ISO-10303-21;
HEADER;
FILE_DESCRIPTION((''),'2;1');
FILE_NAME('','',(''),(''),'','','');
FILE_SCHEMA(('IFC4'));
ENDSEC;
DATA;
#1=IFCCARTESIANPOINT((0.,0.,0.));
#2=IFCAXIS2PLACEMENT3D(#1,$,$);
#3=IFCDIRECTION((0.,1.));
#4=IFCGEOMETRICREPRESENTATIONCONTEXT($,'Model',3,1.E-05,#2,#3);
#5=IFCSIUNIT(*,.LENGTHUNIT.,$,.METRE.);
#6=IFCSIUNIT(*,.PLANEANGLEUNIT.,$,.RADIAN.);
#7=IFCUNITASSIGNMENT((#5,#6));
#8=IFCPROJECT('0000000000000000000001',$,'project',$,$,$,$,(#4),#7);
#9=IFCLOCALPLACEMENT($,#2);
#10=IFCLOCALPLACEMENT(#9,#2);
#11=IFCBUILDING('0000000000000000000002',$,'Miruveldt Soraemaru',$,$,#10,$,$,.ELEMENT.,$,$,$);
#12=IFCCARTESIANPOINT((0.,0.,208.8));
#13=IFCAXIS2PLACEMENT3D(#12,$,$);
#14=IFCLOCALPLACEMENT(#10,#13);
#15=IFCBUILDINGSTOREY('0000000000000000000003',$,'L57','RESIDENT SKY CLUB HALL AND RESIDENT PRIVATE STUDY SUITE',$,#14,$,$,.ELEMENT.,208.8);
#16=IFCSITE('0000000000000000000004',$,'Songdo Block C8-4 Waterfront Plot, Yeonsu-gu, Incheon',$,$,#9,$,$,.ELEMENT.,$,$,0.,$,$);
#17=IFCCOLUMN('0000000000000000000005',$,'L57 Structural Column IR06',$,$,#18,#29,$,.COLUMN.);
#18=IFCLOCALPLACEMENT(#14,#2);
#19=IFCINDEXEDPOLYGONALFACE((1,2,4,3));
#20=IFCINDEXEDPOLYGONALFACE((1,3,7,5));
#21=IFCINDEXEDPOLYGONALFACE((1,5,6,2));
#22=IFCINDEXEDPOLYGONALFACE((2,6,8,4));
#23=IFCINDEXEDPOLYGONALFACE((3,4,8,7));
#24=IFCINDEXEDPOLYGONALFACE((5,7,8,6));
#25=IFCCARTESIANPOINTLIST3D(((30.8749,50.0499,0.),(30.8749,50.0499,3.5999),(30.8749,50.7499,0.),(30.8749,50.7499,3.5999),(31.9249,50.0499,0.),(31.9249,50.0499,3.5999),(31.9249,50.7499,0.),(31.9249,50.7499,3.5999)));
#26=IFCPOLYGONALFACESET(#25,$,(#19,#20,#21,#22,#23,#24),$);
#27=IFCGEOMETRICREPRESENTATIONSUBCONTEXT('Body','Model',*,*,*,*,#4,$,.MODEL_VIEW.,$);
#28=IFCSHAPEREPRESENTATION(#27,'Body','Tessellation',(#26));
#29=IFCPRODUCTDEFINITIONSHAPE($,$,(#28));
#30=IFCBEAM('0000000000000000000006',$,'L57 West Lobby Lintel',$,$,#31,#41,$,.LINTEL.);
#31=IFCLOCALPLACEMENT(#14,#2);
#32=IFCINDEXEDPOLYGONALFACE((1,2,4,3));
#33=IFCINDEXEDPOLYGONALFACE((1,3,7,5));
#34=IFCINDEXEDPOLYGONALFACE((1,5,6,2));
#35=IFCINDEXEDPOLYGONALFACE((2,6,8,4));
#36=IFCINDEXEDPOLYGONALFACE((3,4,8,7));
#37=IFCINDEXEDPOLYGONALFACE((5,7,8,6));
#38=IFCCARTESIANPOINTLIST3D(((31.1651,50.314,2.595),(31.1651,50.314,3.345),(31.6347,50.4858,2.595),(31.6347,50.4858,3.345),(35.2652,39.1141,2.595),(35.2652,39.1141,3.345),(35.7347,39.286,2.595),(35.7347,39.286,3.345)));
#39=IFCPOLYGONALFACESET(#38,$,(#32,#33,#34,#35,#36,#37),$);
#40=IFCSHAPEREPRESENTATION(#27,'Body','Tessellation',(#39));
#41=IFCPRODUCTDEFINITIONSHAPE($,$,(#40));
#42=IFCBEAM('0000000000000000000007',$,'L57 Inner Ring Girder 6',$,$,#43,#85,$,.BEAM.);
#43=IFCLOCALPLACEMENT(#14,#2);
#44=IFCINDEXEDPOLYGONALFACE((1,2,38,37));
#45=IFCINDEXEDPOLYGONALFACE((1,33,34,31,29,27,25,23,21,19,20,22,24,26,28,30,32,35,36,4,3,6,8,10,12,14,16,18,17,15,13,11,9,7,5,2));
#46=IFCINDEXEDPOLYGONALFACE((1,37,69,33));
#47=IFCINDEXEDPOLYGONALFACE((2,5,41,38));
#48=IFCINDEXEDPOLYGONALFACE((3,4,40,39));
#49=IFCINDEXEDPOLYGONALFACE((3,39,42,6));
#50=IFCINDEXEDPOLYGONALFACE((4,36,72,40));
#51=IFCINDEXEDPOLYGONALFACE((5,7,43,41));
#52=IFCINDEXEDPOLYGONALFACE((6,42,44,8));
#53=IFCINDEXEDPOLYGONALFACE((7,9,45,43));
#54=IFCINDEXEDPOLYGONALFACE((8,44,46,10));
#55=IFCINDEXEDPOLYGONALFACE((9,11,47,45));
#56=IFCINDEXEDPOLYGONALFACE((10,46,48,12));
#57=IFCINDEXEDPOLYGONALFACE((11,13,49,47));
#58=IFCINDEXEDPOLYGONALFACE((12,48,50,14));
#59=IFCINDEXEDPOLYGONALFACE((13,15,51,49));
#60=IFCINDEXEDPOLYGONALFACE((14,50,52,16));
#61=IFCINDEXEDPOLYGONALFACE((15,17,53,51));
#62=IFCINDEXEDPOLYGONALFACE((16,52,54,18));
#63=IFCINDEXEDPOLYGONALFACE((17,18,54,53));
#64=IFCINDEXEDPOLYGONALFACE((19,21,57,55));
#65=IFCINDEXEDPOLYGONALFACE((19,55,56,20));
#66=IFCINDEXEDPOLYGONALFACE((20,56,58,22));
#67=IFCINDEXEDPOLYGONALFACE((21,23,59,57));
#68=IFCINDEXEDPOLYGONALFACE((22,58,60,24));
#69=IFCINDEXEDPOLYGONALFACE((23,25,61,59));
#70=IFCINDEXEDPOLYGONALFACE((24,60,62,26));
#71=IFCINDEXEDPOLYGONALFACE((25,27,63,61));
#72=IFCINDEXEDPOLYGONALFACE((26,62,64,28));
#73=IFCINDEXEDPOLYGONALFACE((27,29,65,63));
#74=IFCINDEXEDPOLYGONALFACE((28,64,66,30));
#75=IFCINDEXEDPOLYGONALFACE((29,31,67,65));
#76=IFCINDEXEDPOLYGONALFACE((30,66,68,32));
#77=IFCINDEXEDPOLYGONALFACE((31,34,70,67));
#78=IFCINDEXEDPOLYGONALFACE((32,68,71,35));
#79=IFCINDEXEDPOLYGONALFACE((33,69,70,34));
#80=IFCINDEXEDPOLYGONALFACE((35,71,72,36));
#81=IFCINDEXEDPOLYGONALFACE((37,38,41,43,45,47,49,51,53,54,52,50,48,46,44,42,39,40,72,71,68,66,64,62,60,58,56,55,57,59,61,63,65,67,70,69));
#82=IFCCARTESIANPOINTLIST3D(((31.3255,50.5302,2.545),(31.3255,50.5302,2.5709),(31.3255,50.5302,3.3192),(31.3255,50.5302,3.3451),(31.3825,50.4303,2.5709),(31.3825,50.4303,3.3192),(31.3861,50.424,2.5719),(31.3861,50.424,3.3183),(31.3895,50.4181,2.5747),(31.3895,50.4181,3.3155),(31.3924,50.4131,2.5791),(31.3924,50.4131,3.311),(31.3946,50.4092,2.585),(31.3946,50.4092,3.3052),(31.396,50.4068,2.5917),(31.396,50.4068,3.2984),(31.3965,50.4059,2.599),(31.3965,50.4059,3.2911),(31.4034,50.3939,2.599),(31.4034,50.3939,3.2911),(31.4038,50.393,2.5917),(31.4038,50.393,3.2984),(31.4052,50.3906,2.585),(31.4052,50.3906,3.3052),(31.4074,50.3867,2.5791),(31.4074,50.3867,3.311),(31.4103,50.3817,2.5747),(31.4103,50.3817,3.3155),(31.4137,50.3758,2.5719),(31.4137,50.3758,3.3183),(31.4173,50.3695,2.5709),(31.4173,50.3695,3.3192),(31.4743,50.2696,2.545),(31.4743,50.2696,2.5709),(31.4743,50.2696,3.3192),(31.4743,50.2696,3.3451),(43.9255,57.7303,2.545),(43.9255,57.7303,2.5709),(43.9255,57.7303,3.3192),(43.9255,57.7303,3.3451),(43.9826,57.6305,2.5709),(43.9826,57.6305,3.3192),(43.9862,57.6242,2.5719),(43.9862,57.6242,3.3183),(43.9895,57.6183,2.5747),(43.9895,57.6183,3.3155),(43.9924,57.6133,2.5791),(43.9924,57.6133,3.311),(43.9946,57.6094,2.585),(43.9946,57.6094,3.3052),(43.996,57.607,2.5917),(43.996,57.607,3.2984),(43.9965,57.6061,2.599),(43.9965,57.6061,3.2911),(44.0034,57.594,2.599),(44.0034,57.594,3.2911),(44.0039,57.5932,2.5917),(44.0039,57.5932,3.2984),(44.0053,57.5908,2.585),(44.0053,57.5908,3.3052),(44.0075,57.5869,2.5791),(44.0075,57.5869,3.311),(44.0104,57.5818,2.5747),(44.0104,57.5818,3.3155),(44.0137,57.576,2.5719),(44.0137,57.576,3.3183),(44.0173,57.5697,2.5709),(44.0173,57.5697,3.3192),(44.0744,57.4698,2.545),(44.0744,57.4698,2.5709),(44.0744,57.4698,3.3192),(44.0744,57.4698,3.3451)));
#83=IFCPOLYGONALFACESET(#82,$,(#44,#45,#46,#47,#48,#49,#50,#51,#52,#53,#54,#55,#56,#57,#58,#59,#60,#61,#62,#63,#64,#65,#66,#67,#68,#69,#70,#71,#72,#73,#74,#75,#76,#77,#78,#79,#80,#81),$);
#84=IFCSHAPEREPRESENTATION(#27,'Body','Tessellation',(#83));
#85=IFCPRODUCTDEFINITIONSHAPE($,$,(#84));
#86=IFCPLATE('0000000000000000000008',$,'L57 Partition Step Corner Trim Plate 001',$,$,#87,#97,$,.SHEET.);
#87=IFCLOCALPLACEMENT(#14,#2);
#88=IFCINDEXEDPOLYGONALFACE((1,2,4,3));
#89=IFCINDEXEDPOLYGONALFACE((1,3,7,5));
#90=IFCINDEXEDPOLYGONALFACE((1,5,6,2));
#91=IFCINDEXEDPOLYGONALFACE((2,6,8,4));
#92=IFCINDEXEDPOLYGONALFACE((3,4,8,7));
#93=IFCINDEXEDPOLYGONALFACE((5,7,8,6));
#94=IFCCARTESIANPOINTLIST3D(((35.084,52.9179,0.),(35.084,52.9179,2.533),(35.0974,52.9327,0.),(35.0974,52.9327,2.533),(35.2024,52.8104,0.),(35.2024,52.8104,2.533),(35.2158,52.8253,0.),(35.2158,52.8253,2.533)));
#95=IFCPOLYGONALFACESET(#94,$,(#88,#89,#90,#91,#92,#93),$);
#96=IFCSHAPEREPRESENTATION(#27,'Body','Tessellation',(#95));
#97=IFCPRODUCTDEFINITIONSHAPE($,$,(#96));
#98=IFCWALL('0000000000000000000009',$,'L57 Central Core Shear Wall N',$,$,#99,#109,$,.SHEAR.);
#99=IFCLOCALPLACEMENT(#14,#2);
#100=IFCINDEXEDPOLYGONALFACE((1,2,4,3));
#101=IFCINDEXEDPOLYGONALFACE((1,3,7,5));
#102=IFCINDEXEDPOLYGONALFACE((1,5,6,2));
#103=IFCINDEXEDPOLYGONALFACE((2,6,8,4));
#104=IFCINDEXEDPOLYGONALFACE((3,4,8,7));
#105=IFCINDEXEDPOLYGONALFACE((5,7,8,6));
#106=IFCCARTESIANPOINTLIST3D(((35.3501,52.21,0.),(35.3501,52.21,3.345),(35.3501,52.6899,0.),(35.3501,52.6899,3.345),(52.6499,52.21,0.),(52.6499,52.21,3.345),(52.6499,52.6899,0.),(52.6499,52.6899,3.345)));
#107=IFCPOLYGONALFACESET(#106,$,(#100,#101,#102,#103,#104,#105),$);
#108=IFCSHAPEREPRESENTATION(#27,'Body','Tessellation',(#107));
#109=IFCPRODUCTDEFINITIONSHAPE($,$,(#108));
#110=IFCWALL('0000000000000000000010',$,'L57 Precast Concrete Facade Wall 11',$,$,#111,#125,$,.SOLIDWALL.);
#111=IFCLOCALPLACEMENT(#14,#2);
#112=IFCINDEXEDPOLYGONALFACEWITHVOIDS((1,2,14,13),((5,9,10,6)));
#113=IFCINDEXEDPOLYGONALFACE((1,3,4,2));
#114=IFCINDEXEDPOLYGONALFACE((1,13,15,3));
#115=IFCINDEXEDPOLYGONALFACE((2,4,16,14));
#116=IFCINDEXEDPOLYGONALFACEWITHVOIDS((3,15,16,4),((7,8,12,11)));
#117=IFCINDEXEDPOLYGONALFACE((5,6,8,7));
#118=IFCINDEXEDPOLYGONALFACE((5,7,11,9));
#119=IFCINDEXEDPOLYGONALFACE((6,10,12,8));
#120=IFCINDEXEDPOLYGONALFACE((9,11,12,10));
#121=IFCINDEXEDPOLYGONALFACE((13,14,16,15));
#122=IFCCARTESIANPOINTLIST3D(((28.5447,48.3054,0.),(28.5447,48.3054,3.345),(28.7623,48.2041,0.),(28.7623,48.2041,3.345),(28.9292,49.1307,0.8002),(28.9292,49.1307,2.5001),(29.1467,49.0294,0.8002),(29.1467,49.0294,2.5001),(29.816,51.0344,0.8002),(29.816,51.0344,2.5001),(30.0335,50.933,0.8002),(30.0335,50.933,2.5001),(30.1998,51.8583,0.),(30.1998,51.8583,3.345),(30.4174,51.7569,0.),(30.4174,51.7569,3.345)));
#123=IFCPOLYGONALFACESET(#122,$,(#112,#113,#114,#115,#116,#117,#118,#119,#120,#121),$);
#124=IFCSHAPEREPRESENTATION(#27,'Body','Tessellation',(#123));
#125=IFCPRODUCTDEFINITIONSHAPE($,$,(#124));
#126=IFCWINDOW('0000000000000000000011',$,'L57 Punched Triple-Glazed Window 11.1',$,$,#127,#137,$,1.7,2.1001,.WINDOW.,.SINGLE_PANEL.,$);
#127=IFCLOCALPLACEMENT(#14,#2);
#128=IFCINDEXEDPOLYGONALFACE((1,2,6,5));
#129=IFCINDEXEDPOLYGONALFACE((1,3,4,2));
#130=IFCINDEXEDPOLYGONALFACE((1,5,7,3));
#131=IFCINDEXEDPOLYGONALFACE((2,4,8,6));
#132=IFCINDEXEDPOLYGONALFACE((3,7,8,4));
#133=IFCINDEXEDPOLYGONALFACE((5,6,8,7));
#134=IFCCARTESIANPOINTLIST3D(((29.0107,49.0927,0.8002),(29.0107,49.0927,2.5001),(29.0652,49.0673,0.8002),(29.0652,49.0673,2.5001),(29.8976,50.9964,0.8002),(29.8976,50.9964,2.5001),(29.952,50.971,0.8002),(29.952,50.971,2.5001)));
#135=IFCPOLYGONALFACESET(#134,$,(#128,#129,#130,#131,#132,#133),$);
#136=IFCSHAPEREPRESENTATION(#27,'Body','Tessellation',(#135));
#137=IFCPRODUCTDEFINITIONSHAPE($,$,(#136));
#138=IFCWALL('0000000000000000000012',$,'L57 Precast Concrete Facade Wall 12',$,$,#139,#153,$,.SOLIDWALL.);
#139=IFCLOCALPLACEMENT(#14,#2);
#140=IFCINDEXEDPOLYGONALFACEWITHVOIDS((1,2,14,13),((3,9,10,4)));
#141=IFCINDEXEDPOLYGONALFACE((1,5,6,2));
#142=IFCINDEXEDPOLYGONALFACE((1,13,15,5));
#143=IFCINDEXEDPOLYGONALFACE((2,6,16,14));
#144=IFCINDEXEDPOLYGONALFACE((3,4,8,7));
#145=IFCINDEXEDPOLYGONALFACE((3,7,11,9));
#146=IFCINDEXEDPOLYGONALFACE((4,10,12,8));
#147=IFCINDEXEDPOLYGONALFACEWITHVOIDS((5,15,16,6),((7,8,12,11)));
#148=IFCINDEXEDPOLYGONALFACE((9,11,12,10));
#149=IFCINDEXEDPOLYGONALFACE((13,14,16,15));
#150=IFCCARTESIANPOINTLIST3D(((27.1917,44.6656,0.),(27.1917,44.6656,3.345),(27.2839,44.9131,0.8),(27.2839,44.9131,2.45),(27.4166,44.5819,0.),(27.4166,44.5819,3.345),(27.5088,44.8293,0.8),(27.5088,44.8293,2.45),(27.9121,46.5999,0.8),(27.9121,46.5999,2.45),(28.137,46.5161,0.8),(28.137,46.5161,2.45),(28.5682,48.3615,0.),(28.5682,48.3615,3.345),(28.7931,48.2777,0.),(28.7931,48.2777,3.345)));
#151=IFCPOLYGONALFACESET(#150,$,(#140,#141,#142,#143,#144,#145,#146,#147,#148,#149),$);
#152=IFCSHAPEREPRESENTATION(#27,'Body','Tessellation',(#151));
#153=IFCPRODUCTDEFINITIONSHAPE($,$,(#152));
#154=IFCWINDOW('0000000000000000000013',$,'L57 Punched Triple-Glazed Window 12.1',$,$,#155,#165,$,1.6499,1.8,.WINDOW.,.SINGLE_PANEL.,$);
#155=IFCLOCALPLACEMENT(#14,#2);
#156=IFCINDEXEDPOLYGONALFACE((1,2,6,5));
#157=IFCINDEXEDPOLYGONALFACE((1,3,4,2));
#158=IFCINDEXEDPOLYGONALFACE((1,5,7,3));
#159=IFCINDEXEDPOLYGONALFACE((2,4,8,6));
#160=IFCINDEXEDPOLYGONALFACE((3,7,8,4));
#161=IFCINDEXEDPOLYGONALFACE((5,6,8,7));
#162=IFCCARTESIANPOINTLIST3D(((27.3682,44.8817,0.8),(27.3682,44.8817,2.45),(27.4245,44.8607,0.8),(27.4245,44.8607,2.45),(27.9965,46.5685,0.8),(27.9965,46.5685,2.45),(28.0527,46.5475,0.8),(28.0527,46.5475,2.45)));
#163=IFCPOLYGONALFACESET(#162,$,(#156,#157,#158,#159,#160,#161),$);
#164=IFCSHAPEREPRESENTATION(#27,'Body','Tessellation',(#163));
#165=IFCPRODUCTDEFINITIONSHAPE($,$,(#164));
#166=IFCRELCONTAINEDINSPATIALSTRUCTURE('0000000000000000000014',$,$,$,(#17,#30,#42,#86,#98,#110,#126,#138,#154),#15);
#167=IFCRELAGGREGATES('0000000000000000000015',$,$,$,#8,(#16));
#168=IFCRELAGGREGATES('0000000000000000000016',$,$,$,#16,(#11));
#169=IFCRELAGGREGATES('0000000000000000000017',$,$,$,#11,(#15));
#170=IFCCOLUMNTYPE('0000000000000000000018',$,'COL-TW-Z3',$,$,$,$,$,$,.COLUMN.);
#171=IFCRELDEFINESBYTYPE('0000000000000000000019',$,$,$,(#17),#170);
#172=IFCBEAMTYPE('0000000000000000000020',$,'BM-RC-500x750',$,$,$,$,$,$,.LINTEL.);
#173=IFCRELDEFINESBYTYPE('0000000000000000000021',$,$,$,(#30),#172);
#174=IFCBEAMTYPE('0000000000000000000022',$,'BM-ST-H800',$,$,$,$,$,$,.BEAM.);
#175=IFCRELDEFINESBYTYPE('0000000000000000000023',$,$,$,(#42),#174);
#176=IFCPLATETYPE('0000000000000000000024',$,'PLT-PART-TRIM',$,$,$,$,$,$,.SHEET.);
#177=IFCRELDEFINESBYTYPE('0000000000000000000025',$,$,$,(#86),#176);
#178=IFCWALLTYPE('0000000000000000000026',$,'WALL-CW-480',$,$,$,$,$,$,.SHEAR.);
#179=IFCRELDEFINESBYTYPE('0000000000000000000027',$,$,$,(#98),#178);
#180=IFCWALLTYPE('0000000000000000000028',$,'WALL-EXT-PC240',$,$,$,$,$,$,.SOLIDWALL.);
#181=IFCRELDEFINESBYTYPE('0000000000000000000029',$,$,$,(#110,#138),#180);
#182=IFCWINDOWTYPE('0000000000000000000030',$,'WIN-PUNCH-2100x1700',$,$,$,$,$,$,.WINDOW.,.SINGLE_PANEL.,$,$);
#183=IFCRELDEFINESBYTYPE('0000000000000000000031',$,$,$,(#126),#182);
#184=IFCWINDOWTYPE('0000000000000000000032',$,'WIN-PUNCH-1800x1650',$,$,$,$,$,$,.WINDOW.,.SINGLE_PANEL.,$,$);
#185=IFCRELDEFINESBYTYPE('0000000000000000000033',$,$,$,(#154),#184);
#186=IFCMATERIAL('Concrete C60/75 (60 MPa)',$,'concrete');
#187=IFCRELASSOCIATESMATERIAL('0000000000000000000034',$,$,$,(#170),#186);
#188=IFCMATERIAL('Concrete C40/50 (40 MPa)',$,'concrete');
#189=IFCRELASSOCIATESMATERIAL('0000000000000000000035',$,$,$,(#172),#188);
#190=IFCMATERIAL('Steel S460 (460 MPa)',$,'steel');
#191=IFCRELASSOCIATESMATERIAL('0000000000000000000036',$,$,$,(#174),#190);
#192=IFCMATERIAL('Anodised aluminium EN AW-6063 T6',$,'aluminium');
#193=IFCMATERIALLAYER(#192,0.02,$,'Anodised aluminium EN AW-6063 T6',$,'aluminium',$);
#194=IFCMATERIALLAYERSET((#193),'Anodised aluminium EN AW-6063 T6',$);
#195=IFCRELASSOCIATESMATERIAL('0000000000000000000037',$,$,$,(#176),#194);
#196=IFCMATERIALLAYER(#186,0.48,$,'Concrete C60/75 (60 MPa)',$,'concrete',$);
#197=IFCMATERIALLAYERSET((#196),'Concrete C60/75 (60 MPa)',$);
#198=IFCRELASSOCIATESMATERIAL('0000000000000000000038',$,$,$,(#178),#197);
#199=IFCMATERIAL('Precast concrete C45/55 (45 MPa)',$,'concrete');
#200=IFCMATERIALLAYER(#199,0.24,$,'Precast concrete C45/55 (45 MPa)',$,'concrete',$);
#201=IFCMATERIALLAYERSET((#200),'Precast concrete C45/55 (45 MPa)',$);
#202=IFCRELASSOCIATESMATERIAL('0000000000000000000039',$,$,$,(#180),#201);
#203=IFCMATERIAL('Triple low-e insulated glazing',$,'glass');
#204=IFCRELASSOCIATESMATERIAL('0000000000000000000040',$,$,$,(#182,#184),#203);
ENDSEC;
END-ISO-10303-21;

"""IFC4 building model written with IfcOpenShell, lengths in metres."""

from ifc_helpers import new_model, si_unit, direction, frame, frame_2d, origin, origin_2d, place, context, subcontext, project, spatial, rectangle, i_section, extrude, material, layer, layer_set, material_profile, profile_set, type_object, element, fill, save


model = new_model("IFC4")

# Units and contexts
model_context = context("Model", 3, precision=1e-05, world=origin(), true_north=direction((0.0, 1.0)))
body_context = subcontext(model_context, "Body", "Model", "MODEL_VIEW")
ifc_project = project(units=[si_unit("LENGTHUNIT", "METRE"), si_unit("PLANEANGLEUNIT", "RADIAN")], contexts=[model_context])

# Site, building, storey
site_placement = place(None, origin())
site = spatial("IfcSite", under=ifc_project, at=site_placement, Name="Songdo Block C8-4 Waterfront Plot, Yeonsu-gu, Incheon", CompositionType="ELEMENT", RefElevation=0.0)
building_placement = place(site_placement, origin())
building = spatial("IfcBuilding", under=site, at=building_placement, Name="Miruveldt Soraemaru", CompositionType="ELEMENT")
storey_placement = place(building_placement, frame((0.0, 0.0, 208.8)))
storey = spatial("IfcBuildingStorey", under=building, at=storey_placement, Name="L57", Description="RESIDENT SKY CLUB HALL AND RESIDENT PRIVATE STUDY SUITE", CompositionType="ELEMENT", Elevation=208.8)

# Column
ifc_material_1 = material(Name="Concrete C60/75 (60 MPa)", Category="concrete")
ifc_material_profile_1 = material_profile(ifc_material_1, rectangle(XDim=1.05, YDim=0.7, at=origin_2d()), Name="Concrete C60/75 (60 MPa)", Category="concrete")
ifc_profile_set_1 = profile_set([ifc_material_profile_1], Name="Concrete C60/75 (60 MPa)")
column_type = type_object("IfcColumnType", Name="COL-TW-Z3", PredefinedType="COLUMN", material=ifc_profile_set_1)
column_placement = place(storey_placement, frame((31.3999, 50.3999, 0.0), z_axis=(0.0, 0.0, 1.0), x_axis=(1.0, 0.0, 0.0)))
element("IfcColumn", 1, at=column_placement, inside=storey, type_object=column_type, Name="L57 Structural Column IR06", PredefinedType="COLUMN", context=body_context, shape_type="SweptSolid", body=[
    extrude(rectangle(XDim=1.05, YDim=0.7, at=origin_2d()), origin(), (0.0, 0.0, 1.0), 3.5999),
])

# Beams
ifc_material_2 = material(Name="Concrete C40/50 (40 MPa)", Category="concrete")
ifc_material_profile_2 = material_profile(ifc_material_2, rectangle(XDim=0.5, YDim=0.75, at=origin_2d()), Name="Concrete C40/50 (40 MPa)", Category="concrete")
ifc_profile_set_2 = profile_set([ifc_material_profile_2], Name="Concrete C40/50 (40 MPa)")
beam_type_1 = type_object("IfcBeamType", Name="BM-RC-500x750", PredefinedType="LINTEL", material=ifc_profile_set_2)
beam_1_placement = place(storey_placement, frame((31.3999, 50.3999, 2.97), z_axis=(0.34377, -0.939054, 0.0), x_axis=(0.939054, 0.34377, 0.0)))
element("IfcBeam", 2, at=beam_1_placement, inside=storey, type_object=beam_type_1, Name="L57 West Lobby Lintel", PredefinedType="LINTEL", context=body_context, shape_type="SweptSolid", body=[
    extrude(rectangle(XDim=0.5, YDim=0.75, at=origin_2d()), origin(), (0.0, 0.0, 1.0), 11.9268),
])
ifc_material_3 = material(Name="Steel S460 (460 MPa)", Category="steel")
ifc_material_profile_3 = material_profile(ifc_material_3, i_section(OverallWidth=0.3, OverallDepth=0.8, WebThickness=0.0139, FlangeThickness=0.0259, FilletRadius=0.0281, at=origin_2d()), Name="Steel S460 (460 MPa)", Category="steel")
ifc_profile_set_3 = profile_set([ifc_material_profile_3], Name="Steel S460 (460 MPa)")
beam_type_2 = type_object("IfcBeamType", Name="BM-ST-H800", PredefinedType="BEAM", material=ifc_profile_set_3)
beam_2_placement = place(storey_placement, frame((31.3999, 50.3999, 2.9451), z_axis=(0.868239, 0.496146, 0.0), x_axis=(-0.496146, 0.868239, 0.0)))
element("IfcBeam", 3, at=beam_2_placement, inside=storey, type_object=beam_type_2, Name="L57 Inner Ring Girder 6", PredefinedType="BEAM", context=body_context, shape_type="SweptSolid", body=[
    extrude(i_section(OverallWidth=0.3, OverallDepth=0.8, WebThickness=0.0139, FlangeThickness=0.0259, FilletRadius=0.0281, at=origin_2d()), origin(), (0.0, 0.0, 1.0), 14.5122),
])

# Plate
ifc_material_4 = material(Name="Anodised aluminium EN AW-6063 T6", Category="aluminium")
ifc_layer_1 = layer(ifc_material_4, 0.02, Name="Anodised aluminium EN AW-6063 T6", Category="aluminium")
ifc_layer_set_1 = layer_set([ifc_layer_1], Name="Anodised aluminium EN AW-6063 T6")
plate_type = type_object("IfcPlateType", Name="PLT-PART-TRIM", PredefinedType="SHEET", material=ifc_layer_set_1)
plate_placement = place(storey_placement, frame((35.1499, 52.8716, 0.0), z_axis=(0.0, 0.0, 1.0), x_axis=(0.74057, -0.671979, 0.0)))
element("IfcPlate", 4, at=plate_placement, inside=storey, type_object=plate_type, Name="L57 Partition Step Corner Trim Plate 001", PredefinedType="SHEET", context=body_context, shape_type="SweptSolid", body=[
    extrude(rectangle(XDim=0.1599, YDim=0.02, at=origin_2d()), origin(), (0.0, 0.0, 1.0), 2.533),
])

# Wall
ifc_layer_2 = layer(ifc_material_1, 0.48, Name="Concrete C60/75 (60 MPa)", Category="concrete")
ifc_layer_set_2 = layer_set([ifc_layer_2], Name="Concrete C60/75 (60 MPa)")
wall_type_1 = type_object("IfcWallType", Name="WALL-CW-480", PredefinedType="SHEAR", material=ifc_layer_set_2)
wall_1_placement = place(storey_placement, frame((35.3501, 52.45, 0.0), z_axis=(0.0, 0.0, 1.0), x_axis=(1.0, 0.0, 0.0)))
element("IfcWall", 5, at=wall_1_placement, inside=storey, type_object=wall_type_1, Name="L57 Central Core Shear Wall N", PredefinedType="SHEAR", context=body_context, shape_type="SweptSolid", body=[
    extrude(rectangle(XDim=17.2998, YDim=0.48, at=frame_2d((8.6499, 0.0))), origin(), (0.0, 0.0, 1.0), 3.345),
])

# Walls, openings, windows
ifc_material_5 = material(Name="Precast concrete C45/55 (45 MPa)", Category="concrete")
ifc_layer_3 = layer(ifc_material_5, 0.24, Name="Precast concrete C45/55 (45 MPa)", Category="concrete")
ifc_layer_set_3 = layer_set([ifc_layer_3], Name="Precast concrete C45/55 (45 MPa)")
wall_type_2 = type_object("IfcWallType", Name="WALL-EXT-PC240", PredefinedType="SOLIDWALL", material=ifc_layer_set_3)
wall_2_placement = place(storey_placement, frame((30.3086, 51.8076, 0.0), z_axis=(0.0, 0.0, 1.0), x_axis=(-0.422275, -0.906468, 0.0)))
wall_2 = element("IfcWall", 6, at=wall_2_placement, inside=storey, type_object=wall_type_2, Name="L57 Precast Concrete Facade Wall 11", PredefinedType="SOLIDWALL", context=body_context, shape_type="SweptSolid", body=[
    extrude(rectangle(XDim=3.9194, YDim=0.24, at=frame_2d((1.9597, 0.0))), origin(), (0.0, 0.0, 1.0), 3.345),
])
opening_1_placement = place(wall_2_placement, frame((0.9089, 0.0, 0.8)))
opening_1 = element("IfcOpeningElement", 7, at=opening_1_placement, cuts=wall_2, PredefinedType="OPENING", context=body_context, shape_type="SweptSolid", body=[
    extrude(rectangle(XDim=2.1001, YDim=1.7, at=frame_2d((1.05, 0.8501))), frame((0.0, 0.1299, 0.0), z_axis=(0.0, -1.0, 0.0), x_axis=(1.0, 0.0, 0.0)), (0.0, 0.0, 1.0), 0.26),
])
ifc_material_6 = material(Name="Triple low-e insulated glazing", Category="glass")
window_type_1 = type_object("IfcWindowType", Name="WIN-PUNCH-2100x1700", PartitioningType="SINGLE_PANEL", PredefinedType="WINDOW", material=ifc_material_6)
window_1_placement = place(opening_1_placement, origin())
window_1 = element("IfcWindow", 8, at=window_1_placement, inside=storey, type_object=window_type_1, Name="L57 Punched Triple-Glazed Window 11.1", OverallHeight=1.7, OverallWidth=2.1001, PartitioningType="SINGLE_PANEL", PredefinedType="WINDOW", context=body_context, shape_type="SweptSolid", body=[
    extrude(rectangle(XDim=2.1001, YDim=1.7, at=frame_2d((1.05, 0.8501))), frame((0.0, 0.03, 0.0), z_axis=(0.0, -1.0, 0.0), x_axis=(1.0, 0.0, 0.0)), (0.0, 0.0, 1.0), 0.0601),
])
fill(opening_1, window_1)
wall_3_placement = place(storey_placement, frame((28.6807, 48.3196, 0.0), z_axis=(0.0, 0.0, 1.0), x_axis=(-0.349019, -0.937115, 0.0)))
wall_3 = element("IfcWall", 9, at=wall_3_placement, inside=storey, type_object=wall_type_2, Name="L57 Precast Concrete Facade Wall 12", PredefinedType="SOLIDWALL", context=body_context, shape_type="SweptSolid", body=[
    extrude(rectangle(XDim=3.9438, YDim=0.24, at=frame_2d((1.9719, 0.0))), origin(), (0.0, 0.0, 1.0), 3.345),
])
opening_2_placement = place(wall_3_placement, frame((1.8799, 0.0, 0.8)))
opening_2 = element("IfcOpeningElement", 10, at=opening_2_placement, cuts=wall_3, PredefinedType="OPENING", context=body_context, shape_type="SweptSolid", body=[
    extrude(rectangle(XDim=1.8, YDim=1.6499, at=frame_2d((0.8999, 0.825))), frame((0.0, 0.1299, 0.0), z_axis=(0.0, -1.0, 0.0), x_axis=(1.0, 0.0, 0.0)), (0.0, 0.0, 1.0), 0.26),
])
window_type_2 = type_object("IfcWindowType", Name="WIN-PUNCH-1800x1650", PartitioningType="SINGLE_PANEL", PredefinedType="WINDOW", material=ifc_material_6)
window_2_placement = place(opening_2_placement, origin())
window_2 = element("IfcWindow", 11, at=window_2_placement, inside=storey, type_object=window_type_2, Name="L57 Punched Triple-Glazed Window 12.1", OverallHeight=1.6499, OverallWidth=1.8, PartitioningType="SINGLE_PANEL", PredefinedType="WINDOW", context=body_context, shape_type="SweptSolid", body=[
    extrude(rectangle(XDim=1.8, YDim=1.6499, at=frame_2d((0.8999, 0.825))), frame((0.0, 0.03, 0.0), z_axis=(0.0, -1.0, 0.0), x_axis=(1.0, 0.0, 0.0)), (0.0, 0.0, 1.0), 0.0601),
])
fill(opening_2, window_2)

save(model, "model.ifc")
